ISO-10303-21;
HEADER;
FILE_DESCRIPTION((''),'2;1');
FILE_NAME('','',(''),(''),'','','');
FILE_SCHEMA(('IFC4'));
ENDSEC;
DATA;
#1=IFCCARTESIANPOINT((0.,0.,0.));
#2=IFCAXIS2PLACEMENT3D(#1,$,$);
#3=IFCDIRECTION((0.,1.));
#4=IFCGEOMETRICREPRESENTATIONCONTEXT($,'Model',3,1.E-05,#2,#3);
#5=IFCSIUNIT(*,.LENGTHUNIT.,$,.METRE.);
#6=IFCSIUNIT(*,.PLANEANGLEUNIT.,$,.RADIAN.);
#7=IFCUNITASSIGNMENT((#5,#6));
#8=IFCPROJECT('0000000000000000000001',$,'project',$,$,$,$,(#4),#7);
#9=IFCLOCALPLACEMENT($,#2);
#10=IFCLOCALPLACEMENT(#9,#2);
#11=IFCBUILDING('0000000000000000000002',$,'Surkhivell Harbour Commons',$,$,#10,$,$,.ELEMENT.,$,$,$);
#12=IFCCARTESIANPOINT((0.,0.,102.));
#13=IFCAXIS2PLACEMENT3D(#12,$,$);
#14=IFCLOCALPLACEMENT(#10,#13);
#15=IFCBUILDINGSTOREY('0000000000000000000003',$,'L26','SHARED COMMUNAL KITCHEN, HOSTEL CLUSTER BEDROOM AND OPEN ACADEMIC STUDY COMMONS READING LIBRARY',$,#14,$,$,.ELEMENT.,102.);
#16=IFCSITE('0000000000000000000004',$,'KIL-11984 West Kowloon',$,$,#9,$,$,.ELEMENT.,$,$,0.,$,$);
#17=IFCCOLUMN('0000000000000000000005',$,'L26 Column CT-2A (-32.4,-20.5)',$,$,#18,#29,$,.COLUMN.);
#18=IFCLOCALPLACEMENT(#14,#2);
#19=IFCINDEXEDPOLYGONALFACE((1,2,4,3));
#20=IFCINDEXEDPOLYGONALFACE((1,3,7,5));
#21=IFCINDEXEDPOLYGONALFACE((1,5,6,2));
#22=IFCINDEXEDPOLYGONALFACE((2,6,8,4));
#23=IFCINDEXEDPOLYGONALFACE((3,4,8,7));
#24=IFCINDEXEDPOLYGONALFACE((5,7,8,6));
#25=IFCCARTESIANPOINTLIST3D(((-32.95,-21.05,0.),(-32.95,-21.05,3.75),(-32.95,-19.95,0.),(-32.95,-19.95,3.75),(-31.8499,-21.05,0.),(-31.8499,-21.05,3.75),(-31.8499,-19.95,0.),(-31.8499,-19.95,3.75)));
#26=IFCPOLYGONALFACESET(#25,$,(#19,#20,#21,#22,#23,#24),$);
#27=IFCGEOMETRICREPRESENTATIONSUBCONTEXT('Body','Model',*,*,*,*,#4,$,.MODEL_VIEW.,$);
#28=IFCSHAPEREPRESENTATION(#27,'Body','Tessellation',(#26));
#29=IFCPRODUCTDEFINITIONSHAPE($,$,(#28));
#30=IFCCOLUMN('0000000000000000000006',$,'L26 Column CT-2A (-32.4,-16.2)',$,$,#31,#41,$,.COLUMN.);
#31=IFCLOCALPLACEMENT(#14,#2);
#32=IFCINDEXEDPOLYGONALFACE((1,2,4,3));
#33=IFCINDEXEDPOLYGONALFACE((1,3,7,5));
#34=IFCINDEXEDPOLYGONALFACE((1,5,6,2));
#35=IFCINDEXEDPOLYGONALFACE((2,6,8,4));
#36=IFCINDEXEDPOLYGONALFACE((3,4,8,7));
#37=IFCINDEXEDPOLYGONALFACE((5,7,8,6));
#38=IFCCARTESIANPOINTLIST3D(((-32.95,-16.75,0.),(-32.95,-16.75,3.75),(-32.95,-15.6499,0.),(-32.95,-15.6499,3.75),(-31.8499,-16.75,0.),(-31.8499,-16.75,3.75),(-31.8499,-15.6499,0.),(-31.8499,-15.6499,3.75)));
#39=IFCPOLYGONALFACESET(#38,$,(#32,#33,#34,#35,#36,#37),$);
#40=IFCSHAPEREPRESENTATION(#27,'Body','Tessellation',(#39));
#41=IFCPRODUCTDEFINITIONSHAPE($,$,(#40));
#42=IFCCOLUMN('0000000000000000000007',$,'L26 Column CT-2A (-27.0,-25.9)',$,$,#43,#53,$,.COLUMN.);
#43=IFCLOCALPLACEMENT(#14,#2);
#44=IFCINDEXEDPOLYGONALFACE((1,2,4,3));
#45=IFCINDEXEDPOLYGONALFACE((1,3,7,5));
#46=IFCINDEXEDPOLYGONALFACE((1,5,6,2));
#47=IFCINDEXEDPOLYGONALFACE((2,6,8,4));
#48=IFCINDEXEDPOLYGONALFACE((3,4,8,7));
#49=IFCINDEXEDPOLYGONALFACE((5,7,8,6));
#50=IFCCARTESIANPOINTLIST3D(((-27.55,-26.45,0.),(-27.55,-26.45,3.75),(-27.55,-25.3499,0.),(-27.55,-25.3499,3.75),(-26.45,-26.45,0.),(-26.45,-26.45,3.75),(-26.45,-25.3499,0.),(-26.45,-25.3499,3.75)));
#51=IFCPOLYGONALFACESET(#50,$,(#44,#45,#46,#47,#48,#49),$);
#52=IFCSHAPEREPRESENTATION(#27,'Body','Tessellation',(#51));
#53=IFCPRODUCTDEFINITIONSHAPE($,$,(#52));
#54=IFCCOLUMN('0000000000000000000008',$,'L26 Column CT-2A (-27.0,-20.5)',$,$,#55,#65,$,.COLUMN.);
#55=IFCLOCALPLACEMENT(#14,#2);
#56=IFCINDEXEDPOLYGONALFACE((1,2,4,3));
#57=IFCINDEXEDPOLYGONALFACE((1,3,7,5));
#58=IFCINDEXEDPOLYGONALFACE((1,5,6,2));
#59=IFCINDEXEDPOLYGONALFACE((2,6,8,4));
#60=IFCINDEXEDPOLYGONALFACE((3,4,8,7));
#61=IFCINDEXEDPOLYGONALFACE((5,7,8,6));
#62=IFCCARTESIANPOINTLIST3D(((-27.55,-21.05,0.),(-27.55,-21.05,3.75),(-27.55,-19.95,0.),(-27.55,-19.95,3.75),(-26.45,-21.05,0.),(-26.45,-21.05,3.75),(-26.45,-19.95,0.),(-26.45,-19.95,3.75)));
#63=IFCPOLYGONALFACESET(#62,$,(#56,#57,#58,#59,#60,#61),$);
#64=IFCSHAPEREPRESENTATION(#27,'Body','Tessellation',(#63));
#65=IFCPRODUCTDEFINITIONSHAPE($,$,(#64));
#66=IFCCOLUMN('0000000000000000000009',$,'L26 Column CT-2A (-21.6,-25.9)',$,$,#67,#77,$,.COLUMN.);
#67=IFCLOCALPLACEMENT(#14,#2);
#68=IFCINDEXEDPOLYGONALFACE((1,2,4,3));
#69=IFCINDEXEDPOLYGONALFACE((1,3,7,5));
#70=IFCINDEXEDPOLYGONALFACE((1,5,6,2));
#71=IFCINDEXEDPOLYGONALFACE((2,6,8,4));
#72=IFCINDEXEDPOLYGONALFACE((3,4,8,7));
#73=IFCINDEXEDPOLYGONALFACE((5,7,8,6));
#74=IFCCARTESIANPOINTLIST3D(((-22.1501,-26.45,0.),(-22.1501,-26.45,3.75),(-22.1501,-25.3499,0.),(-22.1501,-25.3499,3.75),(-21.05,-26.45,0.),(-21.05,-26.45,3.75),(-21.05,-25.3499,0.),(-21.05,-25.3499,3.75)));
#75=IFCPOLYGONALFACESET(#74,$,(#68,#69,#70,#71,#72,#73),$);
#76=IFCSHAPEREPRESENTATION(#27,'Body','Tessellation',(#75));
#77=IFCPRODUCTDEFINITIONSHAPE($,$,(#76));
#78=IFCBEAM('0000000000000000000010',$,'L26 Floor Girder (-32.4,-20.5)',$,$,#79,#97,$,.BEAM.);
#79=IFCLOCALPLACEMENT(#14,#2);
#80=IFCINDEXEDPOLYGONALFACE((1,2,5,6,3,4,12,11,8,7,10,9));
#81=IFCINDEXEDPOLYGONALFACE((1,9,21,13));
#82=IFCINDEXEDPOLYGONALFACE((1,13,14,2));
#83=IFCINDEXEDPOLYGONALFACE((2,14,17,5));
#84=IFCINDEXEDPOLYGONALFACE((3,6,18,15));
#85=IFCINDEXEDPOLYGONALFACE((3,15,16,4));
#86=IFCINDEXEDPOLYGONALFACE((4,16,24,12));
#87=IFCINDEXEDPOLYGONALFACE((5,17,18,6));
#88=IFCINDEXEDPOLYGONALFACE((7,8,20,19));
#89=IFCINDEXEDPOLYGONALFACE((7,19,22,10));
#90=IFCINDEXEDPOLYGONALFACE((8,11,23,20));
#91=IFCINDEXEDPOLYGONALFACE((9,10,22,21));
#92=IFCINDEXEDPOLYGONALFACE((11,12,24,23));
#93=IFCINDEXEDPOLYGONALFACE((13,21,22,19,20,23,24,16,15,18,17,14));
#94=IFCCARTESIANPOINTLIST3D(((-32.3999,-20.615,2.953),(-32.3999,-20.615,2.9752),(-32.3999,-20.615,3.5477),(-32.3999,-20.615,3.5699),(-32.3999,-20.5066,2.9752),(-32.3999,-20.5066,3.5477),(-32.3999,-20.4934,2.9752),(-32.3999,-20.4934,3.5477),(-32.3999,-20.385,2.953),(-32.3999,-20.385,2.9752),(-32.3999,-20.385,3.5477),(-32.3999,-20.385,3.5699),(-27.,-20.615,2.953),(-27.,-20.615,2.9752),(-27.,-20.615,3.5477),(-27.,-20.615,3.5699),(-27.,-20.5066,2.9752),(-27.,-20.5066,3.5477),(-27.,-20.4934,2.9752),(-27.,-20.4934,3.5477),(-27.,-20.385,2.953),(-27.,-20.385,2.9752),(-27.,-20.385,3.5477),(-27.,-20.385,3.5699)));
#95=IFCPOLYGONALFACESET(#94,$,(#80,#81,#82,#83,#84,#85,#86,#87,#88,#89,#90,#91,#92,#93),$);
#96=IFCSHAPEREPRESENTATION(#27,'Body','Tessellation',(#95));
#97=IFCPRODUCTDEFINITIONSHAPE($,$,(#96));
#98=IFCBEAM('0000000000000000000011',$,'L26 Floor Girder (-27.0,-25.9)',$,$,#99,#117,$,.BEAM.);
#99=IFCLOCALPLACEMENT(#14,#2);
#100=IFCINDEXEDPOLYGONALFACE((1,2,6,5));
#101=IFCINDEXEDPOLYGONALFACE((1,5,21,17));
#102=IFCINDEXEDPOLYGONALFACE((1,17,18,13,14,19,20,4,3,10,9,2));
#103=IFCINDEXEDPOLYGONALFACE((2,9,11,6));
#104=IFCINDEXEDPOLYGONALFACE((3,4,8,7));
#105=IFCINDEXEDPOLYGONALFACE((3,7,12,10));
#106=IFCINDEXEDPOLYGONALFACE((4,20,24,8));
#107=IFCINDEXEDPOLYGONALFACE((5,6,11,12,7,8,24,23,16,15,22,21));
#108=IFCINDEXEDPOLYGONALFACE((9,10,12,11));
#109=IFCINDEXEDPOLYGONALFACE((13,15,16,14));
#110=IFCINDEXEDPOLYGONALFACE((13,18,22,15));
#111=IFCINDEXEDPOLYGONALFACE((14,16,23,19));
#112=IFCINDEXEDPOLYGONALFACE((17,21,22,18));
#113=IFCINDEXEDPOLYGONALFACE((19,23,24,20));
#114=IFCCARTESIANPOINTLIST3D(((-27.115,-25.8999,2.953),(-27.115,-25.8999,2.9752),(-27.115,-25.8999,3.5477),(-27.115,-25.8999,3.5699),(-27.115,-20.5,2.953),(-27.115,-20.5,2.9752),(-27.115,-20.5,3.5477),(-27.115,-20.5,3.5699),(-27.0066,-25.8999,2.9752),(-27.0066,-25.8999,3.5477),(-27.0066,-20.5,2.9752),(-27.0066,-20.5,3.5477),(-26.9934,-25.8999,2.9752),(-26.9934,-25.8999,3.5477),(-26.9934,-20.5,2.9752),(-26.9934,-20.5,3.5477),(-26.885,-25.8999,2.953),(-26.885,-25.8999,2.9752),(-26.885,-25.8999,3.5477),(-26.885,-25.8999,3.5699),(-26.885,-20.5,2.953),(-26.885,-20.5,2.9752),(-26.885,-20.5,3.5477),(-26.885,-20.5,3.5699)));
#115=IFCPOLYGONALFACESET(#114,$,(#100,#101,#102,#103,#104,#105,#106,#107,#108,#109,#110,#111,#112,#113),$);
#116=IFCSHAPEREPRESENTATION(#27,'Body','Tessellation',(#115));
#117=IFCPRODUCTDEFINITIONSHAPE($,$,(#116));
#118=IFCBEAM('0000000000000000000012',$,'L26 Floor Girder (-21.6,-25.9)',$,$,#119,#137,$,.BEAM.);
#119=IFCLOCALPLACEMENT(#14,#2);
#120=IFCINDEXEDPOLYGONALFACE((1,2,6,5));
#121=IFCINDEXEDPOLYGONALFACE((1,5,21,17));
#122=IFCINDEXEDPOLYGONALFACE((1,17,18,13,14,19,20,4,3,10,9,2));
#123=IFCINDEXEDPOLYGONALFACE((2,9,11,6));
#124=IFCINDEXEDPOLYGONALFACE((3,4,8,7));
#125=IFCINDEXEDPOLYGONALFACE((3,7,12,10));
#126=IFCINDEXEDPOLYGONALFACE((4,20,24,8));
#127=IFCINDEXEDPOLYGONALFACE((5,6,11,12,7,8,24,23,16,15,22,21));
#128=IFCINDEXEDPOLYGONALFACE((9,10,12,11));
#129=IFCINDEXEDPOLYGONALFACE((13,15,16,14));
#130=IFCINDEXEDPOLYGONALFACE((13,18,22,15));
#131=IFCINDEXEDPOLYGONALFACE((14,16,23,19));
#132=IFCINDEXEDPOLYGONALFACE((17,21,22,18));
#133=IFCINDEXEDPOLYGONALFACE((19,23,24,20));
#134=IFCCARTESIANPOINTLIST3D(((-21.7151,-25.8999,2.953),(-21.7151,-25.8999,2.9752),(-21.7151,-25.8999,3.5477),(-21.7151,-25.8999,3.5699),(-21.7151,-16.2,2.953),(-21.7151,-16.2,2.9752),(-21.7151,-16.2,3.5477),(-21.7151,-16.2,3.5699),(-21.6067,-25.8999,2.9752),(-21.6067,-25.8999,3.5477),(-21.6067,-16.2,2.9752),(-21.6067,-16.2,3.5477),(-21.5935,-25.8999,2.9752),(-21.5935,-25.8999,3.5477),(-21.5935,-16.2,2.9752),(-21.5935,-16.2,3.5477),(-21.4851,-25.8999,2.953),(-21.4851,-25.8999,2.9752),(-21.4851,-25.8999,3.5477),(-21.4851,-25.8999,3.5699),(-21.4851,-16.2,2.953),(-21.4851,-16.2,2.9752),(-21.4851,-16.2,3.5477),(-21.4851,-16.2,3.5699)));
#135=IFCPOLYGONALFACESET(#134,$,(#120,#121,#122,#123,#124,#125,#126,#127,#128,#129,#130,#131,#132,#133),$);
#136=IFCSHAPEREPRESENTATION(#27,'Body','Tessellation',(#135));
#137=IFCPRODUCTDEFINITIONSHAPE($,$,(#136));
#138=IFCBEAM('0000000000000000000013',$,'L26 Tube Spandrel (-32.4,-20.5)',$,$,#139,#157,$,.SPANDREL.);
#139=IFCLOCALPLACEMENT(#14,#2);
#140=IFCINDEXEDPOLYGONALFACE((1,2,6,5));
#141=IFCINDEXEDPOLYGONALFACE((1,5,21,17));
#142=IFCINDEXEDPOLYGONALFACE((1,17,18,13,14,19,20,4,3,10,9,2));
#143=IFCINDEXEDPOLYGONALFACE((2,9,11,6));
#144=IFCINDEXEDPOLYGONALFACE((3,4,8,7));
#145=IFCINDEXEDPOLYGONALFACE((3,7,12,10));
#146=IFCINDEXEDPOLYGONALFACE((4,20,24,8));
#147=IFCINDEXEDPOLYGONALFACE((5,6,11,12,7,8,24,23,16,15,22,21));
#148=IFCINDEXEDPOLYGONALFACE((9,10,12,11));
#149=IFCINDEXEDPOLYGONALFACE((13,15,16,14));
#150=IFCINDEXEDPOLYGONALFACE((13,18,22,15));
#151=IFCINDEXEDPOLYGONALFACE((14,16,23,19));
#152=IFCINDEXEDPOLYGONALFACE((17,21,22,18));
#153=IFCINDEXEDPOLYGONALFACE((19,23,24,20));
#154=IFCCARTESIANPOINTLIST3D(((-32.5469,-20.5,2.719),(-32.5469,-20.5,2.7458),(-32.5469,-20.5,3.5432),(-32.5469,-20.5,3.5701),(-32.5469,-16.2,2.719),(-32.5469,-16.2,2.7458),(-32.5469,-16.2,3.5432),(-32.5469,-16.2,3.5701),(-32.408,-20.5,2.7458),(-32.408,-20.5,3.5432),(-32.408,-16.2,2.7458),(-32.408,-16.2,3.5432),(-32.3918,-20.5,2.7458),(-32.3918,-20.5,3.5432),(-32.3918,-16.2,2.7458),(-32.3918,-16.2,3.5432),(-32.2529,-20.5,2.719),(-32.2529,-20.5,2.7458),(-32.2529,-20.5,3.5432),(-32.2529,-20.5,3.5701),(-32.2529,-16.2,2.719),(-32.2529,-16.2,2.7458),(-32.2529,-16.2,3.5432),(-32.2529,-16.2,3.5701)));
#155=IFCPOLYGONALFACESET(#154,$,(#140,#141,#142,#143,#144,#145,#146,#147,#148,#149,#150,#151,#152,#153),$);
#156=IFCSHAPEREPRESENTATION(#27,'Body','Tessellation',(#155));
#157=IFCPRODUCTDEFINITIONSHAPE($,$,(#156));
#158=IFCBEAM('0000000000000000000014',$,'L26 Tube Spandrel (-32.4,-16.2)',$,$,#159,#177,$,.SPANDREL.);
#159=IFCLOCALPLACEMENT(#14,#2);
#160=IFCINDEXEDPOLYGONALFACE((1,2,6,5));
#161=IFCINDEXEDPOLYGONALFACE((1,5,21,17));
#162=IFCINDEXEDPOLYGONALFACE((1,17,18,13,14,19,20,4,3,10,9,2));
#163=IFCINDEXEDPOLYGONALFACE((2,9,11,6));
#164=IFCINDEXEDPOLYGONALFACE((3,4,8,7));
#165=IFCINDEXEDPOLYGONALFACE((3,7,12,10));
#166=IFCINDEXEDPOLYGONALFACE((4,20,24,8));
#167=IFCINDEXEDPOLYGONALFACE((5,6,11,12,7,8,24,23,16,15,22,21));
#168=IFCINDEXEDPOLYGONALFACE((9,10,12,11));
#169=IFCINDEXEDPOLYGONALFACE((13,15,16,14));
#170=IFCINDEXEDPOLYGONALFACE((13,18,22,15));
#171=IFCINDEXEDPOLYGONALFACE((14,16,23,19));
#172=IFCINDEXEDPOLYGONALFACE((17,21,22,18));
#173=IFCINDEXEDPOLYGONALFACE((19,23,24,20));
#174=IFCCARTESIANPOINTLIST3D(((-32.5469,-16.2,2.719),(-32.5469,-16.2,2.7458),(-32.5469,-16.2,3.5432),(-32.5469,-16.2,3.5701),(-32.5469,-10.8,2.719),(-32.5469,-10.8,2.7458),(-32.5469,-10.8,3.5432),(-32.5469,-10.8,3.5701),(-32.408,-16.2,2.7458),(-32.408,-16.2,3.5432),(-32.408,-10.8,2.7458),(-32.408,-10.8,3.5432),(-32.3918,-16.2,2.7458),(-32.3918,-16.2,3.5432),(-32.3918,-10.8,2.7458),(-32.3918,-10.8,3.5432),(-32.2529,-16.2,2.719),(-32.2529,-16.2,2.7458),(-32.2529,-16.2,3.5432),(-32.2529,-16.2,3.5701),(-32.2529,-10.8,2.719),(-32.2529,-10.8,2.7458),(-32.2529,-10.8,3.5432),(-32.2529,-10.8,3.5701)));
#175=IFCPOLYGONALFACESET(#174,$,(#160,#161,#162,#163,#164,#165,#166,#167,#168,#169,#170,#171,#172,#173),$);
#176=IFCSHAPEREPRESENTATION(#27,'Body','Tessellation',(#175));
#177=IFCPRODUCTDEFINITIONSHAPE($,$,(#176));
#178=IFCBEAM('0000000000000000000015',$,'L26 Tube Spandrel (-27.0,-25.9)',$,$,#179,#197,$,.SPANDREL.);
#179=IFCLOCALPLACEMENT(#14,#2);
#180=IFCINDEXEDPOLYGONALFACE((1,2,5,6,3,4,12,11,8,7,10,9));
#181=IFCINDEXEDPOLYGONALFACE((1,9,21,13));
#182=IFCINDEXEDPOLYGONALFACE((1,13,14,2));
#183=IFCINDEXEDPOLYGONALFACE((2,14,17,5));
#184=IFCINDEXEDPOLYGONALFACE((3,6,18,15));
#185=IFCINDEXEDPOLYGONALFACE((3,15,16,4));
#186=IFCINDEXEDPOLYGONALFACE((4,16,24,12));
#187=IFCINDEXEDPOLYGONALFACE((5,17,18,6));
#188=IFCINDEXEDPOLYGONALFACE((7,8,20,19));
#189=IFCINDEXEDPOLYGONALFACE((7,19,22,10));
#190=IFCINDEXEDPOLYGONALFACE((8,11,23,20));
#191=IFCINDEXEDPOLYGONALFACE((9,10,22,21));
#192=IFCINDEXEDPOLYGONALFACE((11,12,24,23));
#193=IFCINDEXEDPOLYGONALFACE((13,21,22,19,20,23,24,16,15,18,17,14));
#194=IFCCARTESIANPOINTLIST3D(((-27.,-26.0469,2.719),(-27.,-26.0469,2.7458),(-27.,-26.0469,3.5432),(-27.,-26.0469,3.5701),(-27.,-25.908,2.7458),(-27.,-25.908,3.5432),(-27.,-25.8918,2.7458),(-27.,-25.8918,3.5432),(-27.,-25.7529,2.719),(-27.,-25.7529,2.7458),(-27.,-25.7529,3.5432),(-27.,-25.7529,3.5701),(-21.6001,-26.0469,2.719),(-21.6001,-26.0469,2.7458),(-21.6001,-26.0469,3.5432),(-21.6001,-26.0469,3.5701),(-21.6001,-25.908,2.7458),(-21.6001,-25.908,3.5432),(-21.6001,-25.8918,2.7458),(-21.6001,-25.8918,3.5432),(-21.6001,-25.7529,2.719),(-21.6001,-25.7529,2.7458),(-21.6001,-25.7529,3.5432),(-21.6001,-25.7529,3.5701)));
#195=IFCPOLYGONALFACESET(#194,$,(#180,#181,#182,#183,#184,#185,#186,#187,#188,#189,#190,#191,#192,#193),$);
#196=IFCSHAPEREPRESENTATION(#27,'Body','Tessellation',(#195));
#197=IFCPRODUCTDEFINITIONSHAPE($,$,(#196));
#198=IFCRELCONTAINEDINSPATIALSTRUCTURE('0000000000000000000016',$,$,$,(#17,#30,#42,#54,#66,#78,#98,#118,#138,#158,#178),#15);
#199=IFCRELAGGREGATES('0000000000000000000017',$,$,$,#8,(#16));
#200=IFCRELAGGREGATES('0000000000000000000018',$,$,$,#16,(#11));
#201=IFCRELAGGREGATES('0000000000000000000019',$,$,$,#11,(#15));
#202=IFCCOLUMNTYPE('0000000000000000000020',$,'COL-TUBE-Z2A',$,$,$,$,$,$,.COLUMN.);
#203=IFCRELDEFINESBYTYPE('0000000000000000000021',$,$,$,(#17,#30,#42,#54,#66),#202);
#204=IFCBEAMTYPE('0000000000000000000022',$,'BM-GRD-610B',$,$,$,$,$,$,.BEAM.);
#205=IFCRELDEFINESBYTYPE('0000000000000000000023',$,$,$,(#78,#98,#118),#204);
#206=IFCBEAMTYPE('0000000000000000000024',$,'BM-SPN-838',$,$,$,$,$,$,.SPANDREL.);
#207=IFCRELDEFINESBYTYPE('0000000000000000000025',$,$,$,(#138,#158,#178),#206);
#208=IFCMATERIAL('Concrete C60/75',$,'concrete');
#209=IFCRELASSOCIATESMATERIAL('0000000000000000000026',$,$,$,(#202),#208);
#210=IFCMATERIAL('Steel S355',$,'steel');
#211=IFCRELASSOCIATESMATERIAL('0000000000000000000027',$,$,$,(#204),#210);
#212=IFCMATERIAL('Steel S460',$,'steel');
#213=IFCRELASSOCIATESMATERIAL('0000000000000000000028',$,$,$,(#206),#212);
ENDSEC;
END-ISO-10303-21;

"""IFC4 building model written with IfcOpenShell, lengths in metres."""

from ifc_helpers import new_model, si_unit, direction, frame, origin, origin_2d, place, context, subcontext, project, spatial, rectangle, i_section, extrude, material, material_profile, profile_set, type_object, element, save


model = new_model("IFC4")

# Units and contexts
model_context = context("Model", 3, precision=1e-05, world=origin(), true_north=direction((0.0, 1.0)))
body_context = subcontext(model_context, "Body", "Model", "MODEL_VIEW")
ifc_project = project(units=[si_unit("LENGTHUNIT", "METRE"), si_unit("PLANEANGLEUNIT", "RADIAN")], contexts=[model_context])

# Site, building, storey
site_placement = place(None, origin())
site = spatial("IfcSite", under=ifc_project, at=site_placement, Name="KIL-11984 West Kowloon", CompositionType="ELEMENT", RefElevation=0.0)
building_placement = place(site_placement, origin())
building = spatial("IfcBuilding", under=site, at=building_placement, Name="Surkhivell Harbour Commons", CompositionType="ELEMENT")
storey_placement = place(building_placement, frame((0.0, 0.0, 102.0)))
storey = spatial("IfcBuildingStorey", under=building, at=storey_placement, Name="L26", Description="SHARED COMMUNAL KITCHEN, HOSTEL CLUSTER BEDROOM AND OPEN ACADEMIC STUDY COMMONS READING LIBRARY", CompositionType="ELEMENT", Elevation=102.0)

# Columns
ifc_material_1 = material(Name="Concrete C60/75", Category="concrete")
ifc_material_profile_1 = material_profile(ifc_material_1, rectangle(XDim=1.1001, YDim=1.1001, at=origin_2d()), Name="RC-COL-1100x1100")
ifc_profile_set_1 = profile_set([ifc_material_profile_1], Name="Concrete C60/75")
column_type = type_object("IfcColumnType", Name="COL-TUBE-Z2A", PredefinedType="COLUMN", material=ifc_profile_set_1)
for number, where, z_axis, x_axis, name in (
    (1, (-32.3999, -20.5, 0.0), (0.0, 0.0, 1.0), (1.0, 0.0, 0.0), "L26 Column CT-2A (-32.4,-20.5)"),
    (2, (-32.3999, -16.2, 0.0), (0.0, 0.0, 1.0), (1.0, 0.0, 0.0), "L26 Column CT-2A (-32.4,-16.2)"),
    (3, (-27.0, -25.8999, 0.0), (0.0, 0.0, 1.0), (1.0, 0.0, 0.0), "L26 Column CT-2A (-27.0,-25.9)"),
    (4, (-27.0, -20.5, 0.0), (0.0, 0.0, 1.0), (1.0, 0.0, 0.0), "L26 Column CT-2A (-27.0,-20.5)"),
    (5, (-21.6001, -25.8999, 0.0), (0.0, 0.0, 1.0), (1.0, 0.0, 0.0), "L26 Column CT-2A (-21.6,-25.9)"),
):
    element("IfcColumn", number, at=place(storey_placement, frame(where, z_axis=z_axis, x_axis=x_axis)), inside=storey, type_object=column_type, Name=name, PredefinedType="COLUMN", context=body_context, shape_type="SweptSolid", body=[
        extrude(rectangle(XDim=1.1001, YDim=1.1001, at=origin_2d()), origin(), (0.0, 0.0, 1.0), 3.75),
    ])

# Beams
ifc_material_2 = material(Name="Steel S355", Category="steel")
ifc_material_profile_2 = material_profile(ifc_material_2, i_section(OverallWidth=0.23, OverallDepth=0.6169, WebThickness=0.0132, FlangeThickness=0.0222, at=origin_2d()), Name="UB610x229x140")
ifc_profile_set_2 = profile_set([ifc_material_profile_2], Name="Steel S355")
beam_type_1 = type_object("IfcBeamType", Name="BM-GRD-610B", PredefinedType="BEAM", material=ifc_profile_set_2)
for number, where, z_axis, x_axis, name in (
    (6, (-32.3999, -20.5, 3.2615), (1.0, 0.0, 0.0), (0.0, 1.0, 0.0), "L26 Floor Girder (-32.4,-20.5)"),
    (7, (-27.0, -25.8999, 3.2615), (0.0, 1.0, 0.0), (-1.0, 0.0, 0.0), "L26 Floor Girder (-27.0,-25.9)"),
):
    element("IfcBeam", number, at=place(storey_placement, frame(where, z_axis=z_axis, x_axis=x_axis)), inside=storey, type_object=beam_type_1, Name=name, PredefinedType="BEAM", context=body_context, shape_type="SweptSolid", body=[
        extrude(i_section(OverallWidth=0.23, OverallDepth=0.6169, WebThickness=0.0132, FlangeThickness=0.0222, at=origin_2d()), origin(), (0.0, 0.0, 1.0), 5.3999),
    ])
beam_1_placement = place(storey_placement, frame((-21.6001, -25.8999, 3.2615), z_axis=(0.0, 1.0, 0.0), x_axis=(-1.0, 0.0, 0.0)))
element("IfcBeam", 8, at=beam_1_placement, inside=storey, type_object=beam_type_1, Name="L26 Floor Girder (-21.6,-25.9)", PredefinedType="BEAM", context=body_context, shape_type="SweptSolid", body=[
    extrude(i_section(OverallWidth=0.23, OverallDepth=0.6169, WebThickness=0.0132, FlangeThickness=0.0222, at=origin_2d()), origin(), (0.0, 0.0, 1.0), 9.7),
])
ifc_material_3 = material(Name="Steel S460", Category="steel")
ifc_material_profile_3 = material_profile(ifc_material_3, i_section(OverallWidth=0.2939, OverallDepth=0.8511, WebThickness=0.0161, FlangeThickness=0.0269, at=origin_2d()), Name="UB838x292x226")
ifc_profile_set_3 = profile_set([ifc_material_profile_3], Name="Steel S460")
beam_type_2 = type_object("IfcBeamType", Name="BM-SPN-838", PredefinedType="SPANDREL", material=ifc_profile_set_3)
beam_2_placement = place(storey_placement, frame((-32.3999, -20.5, 3.1445), z_axis=(0.0, 1.0, 0.0), x_axis=(-1.0, 0.0, 0.0)))
element("IfcBeam", 9, at=beam_2_placement, inside=storey, type_object=beam_type_2, Name="L26 Tube Spandrel (-32.4,-20.5)", PredefinedType="SPANDREL", context=body_context, shape_type="SweptSolid", body=[
    extrude(i_section(OverallWidth=0.2939, OverallDepth=0.8511, WebThickness=0.0161, FlangeThickness=0.0269, at=origin_2d()), origin(), (0.0, 0.0, 1.0), 4.3),
])
for number, where, z_axis, x_axis, name in (
    (10, (-32.3999, -16.2, 3.1445), (0.0, 1.0, 0.0), (-1.0, 0.0, 0.0), "L26 Tube Spandrel (-32.4,-16.2)"),
    (11, (-27.0, -25.8999, 3.1445), (1.0, 0.0, 0.0), (0.0, 1.0, 0.0), "L26 Tube Spandrel (-27.0,-25.9)"),
):
    element("IfcBeam", number, at=place(storey_placement, frame(where, z_axis=z_axis, x_axis=x_axis)), inside=storey, type_object=beam_type_2, Name=name, PredefinedType="SPANDREL", context=body_context, shape_type="SweptSolid", body=[
        extrude(i_section(OverallWidth=0.2939, OverallDepth=0.8511, WebThickness=0.0161, FlangeThickness=0.0269, at=origin_2d()), origin(), (0.0, 0.0, 1.0), 5.3999),
    ])

save(model, "model.ifc")
